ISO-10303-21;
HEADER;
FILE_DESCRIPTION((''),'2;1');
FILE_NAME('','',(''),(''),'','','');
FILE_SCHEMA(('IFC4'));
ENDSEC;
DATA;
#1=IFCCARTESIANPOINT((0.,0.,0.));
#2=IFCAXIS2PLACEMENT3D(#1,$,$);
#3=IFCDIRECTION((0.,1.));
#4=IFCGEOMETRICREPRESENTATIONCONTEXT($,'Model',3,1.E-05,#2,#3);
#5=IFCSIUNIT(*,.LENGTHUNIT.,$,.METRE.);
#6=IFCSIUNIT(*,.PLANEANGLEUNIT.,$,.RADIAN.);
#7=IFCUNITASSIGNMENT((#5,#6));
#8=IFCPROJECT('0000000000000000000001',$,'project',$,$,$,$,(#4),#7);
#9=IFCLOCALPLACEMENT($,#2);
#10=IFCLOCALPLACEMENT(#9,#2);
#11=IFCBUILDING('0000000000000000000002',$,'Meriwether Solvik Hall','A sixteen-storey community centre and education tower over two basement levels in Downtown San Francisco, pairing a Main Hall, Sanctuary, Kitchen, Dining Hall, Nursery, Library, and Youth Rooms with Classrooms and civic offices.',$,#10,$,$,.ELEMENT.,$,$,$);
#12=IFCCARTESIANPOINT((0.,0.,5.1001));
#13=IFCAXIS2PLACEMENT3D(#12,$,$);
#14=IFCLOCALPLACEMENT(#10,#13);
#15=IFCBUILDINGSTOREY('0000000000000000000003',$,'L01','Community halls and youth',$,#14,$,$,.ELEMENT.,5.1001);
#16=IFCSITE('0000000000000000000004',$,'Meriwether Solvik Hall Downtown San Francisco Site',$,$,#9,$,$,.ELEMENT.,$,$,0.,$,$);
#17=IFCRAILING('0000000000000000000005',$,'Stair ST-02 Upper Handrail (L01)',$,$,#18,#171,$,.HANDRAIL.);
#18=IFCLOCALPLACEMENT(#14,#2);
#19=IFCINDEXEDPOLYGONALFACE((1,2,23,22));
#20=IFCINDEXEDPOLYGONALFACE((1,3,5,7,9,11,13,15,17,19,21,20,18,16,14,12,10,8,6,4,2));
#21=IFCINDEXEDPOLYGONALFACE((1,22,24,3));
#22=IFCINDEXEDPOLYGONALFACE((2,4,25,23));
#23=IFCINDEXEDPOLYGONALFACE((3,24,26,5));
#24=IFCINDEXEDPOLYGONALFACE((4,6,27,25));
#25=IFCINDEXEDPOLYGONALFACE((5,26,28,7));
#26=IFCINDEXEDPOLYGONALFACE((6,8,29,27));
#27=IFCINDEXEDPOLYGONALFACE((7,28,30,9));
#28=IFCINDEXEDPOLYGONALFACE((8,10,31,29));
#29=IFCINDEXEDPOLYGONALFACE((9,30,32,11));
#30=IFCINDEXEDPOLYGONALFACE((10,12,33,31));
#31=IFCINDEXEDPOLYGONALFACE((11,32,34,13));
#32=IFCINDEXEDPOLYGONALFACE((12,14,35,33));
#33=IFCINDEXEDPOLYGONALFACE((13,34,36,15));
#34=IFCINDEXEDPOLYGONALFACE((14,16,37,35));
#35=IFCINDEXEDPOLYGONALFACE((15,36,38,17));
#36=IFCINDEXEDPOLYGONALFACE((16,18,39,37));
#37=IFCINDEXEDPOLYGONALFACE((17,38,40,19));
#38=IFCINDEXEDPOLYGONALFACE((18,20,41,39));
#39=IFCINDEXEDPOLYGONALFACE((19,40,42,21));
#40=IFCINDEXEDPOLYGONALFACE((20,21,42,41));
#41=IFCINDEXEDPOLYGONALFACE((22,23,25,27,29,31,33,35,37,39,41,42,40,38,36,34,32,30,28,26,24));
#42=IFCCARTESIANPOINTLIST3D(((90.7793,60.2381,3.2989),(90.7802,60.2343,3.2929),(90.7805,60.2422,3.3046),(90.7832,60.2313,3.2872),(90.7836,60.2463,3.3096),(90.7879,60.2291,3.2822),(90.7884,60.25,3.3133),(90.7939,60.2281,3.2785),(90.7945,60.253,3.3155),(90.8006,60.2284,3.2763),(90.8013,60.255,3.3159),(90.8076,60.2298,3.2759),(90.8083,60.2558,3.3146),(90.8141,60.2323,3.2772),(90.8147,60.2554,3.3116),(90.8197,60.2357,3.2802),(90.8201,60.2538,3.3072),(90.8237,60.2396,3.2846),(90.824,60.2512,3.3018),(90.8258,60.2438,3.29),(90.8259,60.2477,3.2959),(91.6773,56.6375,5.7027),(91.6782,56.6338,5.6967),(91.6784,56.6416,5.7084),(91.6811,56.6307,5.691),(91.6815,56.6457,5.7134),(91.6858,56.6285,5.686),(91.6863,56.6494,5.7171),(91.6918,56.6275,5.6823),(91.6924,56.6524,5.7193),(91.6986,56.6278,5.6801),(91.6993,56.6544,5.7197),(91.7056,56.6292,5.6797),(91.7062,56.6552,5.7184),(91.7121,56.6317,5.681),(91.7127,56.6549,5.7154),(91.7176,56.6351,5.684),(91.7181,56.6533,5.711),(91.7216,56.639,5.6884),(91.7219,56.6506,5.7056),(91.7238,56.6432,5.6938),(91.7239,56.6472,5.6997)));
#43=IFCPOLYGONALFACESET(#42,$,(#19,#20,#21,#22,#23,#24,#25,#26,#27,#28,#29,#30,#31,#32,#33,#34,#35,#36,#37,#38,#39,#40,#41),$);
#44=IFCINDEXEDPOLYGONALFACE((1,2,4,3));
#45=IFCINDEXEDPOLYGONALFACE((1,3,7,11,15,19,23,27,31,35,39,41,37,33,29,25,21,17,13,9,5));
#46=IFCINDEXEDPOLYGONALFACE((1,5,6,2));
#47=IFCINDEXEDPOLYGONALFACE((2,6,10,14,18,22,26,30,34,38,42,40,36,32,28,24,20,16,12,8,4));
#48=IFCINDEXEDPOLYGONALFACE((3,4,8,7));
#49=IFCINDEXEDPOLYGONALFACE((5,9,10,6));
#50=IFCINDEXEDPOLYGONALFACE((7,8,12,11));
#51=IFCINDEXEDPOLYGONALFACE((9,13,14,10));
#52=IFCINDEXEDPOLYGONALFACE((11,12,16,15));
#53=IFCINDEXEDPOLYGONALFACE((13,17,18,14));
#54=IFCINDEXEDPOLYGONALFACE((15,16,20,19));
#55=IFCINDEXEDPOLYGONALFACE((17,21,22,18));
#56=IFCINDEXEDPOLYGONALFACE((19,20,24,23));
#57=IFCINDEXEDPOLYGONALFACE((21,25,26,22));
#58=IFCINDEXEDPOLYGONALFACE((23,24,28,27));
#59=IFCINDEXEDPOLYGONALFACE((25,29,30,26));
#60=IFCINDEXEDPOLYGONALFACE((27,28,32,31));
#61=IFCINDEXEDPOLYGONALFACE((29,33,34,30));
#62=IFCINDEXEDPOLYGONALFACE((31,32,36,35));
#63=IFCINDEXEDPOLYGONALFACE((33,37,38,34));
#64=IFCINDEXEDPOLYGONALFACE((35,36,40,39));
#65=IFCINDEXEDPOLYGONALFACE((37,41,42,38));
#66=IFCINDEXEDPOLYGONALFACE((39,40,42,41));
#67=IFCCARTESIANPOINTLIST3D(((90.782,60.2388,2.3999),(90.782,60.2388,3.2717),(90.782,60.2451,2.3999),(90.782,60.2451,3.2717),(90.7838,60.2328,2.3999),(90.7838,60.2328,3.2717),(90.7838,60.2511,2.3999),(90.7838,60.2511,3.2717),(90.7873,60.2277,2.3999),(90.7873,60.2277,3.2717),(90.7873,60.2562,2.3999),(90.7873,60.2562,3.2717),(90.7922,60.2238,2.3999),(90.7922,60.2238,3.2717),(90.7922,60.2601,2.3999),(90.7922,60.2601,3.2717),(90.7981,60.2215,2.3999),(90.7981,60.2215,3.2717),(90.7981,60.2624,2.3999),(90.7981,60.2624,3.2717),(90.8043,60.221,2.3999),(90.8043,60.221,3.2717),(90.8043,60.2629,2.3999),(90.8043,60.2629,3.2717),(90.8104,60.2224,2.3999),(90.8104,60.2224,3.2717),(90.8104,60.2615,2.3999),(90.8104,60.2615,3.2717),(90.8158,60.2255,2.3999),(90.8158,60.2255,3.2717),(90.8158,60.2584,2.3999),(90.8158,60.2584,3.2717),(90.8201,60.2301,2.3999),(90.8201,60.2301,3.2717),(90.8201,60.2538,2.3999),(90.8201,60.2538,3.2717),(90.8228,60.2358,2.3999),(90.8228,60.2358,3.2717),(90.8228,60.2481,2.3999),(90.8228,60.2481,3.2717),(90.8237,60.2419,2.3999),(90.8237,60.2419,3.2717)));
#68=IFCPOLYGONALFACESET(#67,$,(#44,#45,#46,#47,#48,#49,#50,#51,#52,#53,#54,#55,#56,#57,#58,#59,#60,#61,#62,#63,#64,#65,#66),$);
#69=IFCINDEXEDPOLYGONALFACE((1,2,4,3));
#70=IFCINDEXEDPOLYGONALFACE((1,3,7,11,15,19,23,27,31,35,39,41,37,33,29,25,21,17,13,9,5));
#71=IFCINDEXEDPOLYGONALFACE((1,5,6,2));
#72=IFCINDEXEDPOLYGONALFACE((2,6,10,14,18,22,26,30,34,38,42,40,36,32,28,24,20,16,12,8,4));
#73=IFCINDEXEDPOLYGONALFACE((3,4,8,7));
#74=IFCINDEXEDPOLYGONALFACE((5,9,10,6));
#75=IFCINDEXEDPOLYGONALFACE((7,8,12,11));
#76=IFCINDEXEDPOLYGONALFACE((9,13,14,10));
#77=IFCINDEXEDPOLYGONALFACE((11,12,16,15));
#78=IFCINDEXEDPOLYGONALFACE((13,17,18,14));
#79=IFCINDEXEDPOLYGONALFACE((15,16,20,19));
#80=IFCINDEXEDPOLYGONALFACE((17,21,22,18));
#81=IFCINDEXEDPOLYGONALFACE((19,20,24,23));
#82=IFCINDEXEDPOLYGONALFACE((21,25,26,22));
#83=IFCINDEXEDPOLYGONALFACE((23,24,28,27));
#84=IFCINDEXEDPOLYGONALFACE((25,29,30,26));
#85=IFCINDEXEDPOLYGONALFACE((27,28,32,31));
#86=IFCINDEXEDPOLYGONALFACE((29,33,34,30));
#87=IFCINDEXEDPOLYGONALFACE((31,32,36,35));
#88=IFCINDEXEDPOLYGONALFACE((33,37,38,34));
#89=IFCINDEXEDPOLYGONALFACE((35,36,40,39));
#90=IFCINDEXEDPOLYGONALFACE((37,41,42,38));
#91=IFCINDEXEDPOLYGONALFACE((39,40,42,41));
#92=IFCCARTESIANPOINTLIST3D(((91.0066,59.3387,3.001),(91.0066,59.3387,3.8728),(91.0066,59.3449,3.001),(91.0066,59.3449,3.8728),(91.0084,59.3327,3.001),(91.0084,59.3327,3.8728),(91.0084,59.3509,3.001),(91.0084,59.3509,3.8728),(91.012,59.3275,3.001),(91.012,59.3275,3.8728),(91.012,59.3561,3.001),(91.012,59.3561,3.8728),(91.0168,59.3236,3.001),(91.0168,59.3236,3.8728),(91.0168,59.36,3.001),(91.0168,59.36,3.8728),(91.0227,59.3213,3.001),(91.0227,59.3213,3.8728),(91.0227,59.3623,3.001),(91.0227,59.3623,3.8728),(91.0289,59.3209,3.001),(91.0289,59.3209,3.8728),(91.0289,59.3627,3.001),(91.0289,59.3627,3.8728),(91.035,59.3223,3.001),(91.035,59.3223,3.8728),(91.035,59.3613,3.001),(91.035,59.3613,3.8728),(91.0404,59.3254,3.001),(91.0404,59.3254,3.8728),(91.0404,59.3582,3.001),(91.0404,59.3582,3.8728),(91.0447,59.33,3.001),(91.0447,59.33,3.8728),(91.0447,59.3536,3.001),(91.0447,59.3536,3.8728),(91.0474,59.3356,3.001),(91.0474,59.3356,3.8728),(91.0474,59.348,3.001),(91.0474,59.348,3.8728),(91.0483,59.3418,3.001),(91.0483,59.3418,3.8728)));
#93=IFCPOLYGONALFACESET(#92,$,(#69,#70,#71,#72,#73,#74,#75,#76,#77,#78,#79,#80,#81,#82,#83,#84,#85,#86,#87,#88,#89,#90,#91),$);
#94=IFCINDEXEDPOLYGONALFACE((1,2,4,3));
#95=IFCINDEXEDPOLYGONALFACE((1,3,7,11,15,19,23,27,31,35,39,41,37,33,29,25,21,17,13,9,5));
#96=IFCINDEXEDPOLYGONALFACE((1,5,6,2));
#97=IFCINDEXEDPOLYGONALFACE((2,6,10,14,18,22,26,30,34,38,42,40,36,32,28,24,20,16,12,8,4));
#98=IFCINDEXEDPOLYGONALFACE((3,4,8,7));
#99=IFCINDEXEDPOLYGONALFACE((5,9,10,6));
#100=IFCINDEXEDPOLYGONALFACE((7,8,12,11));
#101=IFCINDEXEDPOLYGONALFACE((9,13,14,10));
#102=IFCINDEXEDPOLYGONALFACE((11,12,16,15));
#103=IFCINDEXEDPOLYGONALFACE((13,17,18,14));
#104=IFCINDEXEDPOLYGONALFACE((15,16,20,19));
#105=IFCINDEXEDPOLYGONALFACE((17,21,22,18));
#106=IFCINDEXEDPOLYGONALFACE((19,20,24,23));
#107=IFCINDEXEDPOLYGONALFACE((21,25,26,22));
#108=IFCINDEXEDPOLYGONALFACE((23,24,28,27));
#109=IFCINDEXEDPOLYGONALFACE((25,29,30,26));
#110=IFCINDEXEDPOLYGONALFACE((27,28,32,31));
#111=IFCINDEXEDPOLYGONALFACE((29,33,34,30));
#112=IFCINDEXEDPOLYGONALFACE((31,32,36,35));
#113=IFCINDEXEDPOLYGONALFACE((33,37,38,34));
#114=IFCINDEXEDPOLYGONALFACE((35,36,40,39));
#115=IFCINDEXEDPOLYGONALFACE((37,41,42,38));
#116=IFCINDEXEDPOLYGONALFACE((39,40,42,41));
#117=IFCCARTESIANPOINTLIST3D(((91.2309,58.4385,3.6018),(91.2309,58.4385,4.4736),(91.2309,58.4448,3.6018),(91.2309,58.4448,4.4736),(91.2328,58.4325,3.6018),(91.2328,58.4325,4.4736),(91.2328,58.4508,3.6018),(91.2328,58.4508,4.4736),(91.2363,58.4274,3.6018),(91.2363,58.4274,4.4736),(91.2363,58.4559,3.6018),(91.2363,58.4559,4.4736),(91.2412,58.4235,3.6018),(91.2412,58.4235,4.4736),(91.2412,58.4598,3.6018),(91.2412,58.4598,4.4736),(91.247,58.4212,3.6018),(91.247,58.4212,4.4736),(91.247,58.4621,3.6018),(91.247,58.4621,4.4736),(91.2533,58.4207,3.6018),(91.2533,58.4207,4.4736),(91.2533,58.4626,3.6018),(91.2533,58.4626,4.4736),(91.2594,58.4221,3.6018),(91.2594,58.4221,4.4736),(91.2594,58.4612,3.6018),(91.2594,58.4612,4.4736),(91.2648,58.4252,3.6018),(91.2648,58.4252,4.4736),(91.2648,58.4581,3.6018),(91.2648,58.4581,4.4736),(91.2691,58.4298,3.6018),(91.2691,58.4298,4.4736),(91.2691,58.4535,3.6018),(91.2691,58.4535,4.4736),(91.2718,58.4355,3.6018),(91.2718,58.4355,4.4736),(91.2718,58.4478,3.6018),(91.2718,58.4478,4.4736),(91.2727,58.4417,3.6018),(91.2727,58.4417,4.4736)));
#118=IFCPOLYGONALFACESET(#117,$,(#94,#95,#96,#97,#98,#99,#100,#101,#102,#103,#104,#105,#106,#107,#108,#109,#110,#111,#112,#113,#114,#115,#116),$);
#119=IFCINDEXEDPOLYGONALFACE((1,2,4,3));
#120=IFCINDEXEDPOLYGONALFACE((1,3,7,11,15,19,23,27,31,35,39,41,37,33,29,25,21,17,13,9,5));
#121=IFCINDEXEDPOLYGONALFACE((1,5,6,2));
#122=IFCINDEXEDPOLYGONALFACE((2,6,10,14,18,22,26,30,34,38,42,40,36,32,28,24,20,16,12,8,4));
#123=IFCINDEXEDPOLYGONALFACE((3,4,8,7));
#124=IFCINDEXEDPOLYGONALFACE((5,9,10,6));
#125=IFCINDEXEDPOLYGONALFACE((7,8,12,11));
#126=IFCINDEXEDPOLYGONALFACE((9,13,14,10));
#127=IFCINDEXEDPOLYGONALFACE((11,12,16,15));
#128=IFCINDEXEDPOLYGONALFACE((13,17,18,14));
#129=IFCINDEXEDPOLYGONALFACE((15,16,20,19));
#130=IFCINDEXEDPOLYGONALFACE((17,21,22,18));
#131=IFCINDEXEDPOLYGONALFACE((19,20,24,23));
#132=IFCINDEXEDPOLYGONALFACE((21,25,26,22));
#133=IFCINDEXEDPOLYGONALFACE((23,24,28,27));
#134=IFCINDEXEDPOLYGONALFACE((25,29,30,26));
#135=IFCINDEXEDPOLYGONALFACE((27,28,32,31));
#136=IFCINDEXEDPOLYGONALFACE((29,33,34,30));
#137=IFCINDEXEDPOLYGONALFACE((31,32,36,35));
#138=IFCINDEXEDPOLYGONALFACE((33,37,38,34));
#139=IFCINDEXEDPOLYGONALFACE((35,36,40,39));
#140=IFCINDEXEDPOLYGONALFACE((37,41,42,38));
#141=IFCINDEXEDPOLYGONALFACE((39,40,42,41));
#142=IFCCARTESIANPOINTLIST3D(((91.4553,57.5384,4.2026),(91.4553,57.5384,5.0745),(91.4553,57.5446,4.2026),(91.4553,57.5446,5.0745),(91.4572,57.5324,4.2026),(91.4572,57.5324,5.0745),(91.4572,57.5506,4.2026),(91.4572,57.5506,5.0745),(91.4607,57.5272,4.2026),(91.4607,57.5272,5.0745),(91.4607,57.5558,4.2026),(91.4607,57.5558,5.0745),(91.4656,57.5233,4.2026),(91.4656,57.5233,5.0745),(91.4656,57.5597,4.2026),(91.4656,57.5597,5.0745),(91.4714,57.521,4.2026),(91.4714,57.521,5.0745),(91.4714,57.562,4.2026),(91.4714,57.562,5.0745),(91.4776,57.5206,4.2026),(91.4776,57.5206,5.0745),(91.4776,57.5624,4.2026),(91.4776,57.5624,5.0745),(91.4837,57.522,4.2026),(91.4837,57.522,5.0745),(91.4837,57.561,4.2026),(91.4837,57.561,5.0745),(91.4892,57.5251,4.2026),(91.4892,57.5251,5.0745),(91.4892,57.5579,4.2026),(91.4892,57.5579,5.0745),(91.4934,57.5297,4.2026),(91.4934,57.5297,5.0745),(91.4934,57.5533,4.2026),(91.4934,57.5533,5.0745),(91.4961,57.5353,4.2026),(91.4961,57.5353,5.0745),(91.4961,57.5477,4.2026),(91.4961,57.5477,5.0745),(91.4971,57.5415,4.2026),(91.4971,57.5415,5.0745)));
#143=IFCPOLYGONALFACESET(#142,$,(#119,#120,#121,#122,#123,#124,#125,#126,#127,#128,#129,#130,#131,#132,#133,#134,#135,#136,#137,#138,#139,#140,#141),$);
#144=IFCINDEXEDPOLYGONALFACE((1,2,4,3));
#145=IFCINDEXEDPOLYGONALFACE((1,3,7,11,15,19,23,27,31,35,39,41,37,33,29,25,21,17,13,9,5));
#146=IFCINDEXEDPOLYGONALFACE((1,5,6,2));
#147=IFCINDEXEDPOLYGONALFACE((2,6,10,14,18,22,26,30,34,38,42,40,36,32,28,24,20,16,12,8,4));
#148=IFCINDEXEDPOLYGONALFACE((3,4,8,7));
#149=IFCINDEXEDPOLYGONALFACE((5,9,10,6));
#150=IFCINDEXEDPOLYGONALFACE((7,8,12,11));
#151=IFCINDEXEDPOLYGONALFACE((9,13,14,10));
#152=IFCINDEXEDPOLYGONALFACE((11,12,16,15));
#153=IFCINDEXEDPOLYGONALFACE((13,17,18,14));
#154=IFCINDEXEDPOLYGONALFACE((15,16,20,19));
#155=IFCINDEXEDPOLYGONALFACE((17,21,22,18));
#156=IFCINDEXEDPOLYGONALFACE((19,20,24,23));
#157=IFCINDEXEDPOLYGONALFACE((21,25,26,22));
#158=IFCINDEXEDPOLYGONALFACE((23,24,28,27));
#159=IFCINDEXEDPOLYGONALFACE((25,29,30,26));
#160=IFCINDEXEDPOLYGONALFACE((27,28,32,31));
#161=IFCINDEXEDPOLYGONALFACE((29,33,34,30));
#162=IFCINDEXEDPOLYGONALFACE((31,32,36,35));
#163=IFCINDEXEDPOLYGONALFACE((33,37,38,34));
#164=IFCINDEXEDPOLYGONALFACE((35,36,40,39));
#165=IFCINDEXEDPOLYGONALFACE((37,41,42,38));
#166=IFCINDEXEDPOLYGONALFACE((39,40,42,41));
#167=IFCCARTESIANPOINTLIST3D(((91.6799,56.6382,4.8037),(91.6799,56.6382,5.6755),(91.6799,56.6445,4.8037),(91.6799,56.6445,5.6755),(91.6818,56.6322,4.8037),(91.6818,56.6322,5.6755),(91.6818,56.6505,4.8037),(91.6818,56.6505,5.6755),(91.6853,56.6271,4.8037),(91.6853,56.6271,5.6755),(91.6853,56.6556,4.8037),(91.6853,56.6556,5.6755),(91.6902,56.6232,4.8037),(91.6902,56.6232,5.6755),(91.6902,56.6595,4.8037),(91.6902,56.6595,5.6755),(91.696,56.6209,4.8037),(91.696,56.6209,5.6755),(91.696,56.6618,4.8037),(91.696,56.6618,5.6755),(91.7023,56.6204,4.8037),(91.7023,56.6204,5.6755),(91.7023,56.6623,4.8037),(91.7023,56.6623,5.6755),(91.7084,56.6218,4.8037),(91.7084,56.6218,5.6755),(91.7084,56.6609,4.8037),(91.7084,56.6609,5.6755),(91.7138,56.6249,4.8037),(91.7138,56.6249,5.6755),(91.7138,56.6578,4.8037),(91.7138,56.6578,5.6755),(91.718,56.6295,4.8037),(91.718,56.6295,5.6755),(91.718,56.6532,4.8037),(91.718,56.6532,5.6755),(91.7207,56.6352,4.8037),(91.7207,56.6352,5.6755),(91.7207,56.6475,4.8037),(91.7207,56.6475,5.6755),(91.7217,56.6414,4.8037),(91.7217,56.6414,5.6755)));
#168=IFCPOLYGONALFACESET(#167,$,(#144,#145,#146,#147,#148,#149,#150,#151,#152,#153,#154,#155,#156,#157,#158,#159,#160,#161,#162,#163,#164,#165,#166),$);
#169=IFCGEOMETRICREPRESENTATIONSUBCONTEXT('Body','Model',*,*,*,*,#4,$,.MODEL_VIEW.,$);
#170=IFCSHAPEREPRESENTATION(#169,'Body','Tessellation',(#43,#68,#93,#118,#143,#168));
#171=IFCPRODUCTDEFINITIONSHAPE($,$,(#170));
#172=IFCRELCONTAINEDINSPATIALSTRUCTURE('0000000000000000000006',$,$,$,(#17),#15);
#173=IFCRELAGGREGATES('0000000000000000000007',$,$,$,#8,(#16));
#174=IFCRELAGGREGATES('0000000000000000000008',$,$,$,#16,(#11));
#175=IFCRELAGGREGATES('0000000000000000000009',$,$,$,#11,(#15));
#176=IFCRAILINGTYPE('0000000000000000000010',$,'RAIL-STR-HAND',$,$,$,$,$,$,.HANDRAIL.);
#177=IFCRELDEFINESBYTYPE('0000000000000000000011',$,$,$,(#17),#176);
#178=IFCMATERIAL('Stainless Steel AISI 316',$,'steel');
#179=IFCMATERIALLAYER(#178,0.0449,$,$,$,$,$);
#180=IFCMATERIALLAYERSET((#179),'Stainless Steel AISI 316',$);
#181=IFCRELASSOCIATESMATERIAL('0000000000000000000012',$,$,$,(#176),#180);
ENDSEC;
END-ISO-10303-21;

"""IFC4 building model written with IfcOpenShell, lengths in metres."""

from ifc_helpers import new_model, si_unit, direction, frame, origin, origin_2d, place, context, subcontext, project, spatial, circle, extrude, material, layer, layer_set, type_object, element, save


model = new_model("IFC4")

# Units and contexts
model_context = context("Model", 3, precision=1e-05, world=origin(), true_north=direction((0.0, 1.0)))
body_context = subcontext(model_context, "Body", "Model", "MODEL_VIEW")
ifc_project = project(units=[si_unit("LENGTHUNIT", "METRE"), si_unit("PLANEANGLEUNIT", "RADIAN")], contexts=[model_context])

# Site, building, storey
site_placement = place(None, origin())
site = spatial("IfcSite", under=ifc_project, at=site_placement, Name="Meriwether Solvik Hall Downtown San Francisco Site", CompositionType="ELEMENT", RefElevation=0.0)
building_placement = place(site_placement, origin())
building = spatial("IfcBuilding", under=site, at=building_placement, Name="Meriwether Solvik Hall", Description="A sixteen-storey community centre and education tower over two basement levels in Downtown San Francisco, pairing a Main Hall, Sanctuary, Kitchen, Dining Hall, Nursery, Library, and Youth Rooms with Classrooms and civic offices.", CompositionType="ELEMENT")
storey_placement = place(building_placement, frame((0.0, 0.0, 5.1001)))
storey = spatial("IfcBuildingStorey", under=building, at=storey_placement, Name="L01", Description="Community halls and youth", CompositionType="ELEMENT", Elevation=5.1001)

# Railing
ifc_material_1 = material(Name="Stainless Steel AISI 316", Category="steel")
ifc_layer_1 = layer(ifc_material_1, 0.0449)
ifc_layer_set_1 = layer_set([ifc_layer_1], Name="Stainless Steel AISI 316")
railing_type_1 = type_object("IfcRailingType", Name="RAIL-STR-HAND", PredefinedType="HANDRAIL", material=ifc_layer_set_1)
railing_1_placement = place(storey_placement, frame((90.8027, 60.2419, 2.3999)))
element("IfcRailing", 1, at=railing_1_placement, inside=storey, type_object=railing_type_1, Name="Stair ST-02 Upper Handrail (L01)", PredefinedType="HANDRAIL", context=body_context, shape_type="SweptSolid", body=[
    extrude(circle(Radius=0.0239, at=origin_2d()), frame((0.0, 0.0, 0.896), z_axis=(0.203091, -0.814353, 0.543675), x_axis=(0.970282, 0.241978, 0.0)), (0.0, 0.0, 1.0), 4.4214),
    extrude(circle(Radius=0.021, at=origin_2d()), origin(), (0.0, 0.0, 1.0), 0.8718),
    extrude(circle(Radius=0.021, at=origin_2d()), frame((0.2246, -0.9001, 0.6011)), (0.0, 0.0, 1.0), 0.8718),
    extrude(circle(Radius=0.021, at=origin_2d()), frame((0.449, -1.8003, 1.2019)), (0.0, 0.0, 1.0), 0.8718),
    extrude(circle(Radius=0.021, at=origin_2d()), frame((0.6733, -2.7004, 1.8027)), (0.0, 0.0, 1.0), 0.8718),
    extrude(circle(Radius=0.021, at=origin_2d()), frame((0.8979, -3.6006, 2.4038)), (0.0, 0.0, 1.0), 0.8718),
])

save(model, "model.ifc")
